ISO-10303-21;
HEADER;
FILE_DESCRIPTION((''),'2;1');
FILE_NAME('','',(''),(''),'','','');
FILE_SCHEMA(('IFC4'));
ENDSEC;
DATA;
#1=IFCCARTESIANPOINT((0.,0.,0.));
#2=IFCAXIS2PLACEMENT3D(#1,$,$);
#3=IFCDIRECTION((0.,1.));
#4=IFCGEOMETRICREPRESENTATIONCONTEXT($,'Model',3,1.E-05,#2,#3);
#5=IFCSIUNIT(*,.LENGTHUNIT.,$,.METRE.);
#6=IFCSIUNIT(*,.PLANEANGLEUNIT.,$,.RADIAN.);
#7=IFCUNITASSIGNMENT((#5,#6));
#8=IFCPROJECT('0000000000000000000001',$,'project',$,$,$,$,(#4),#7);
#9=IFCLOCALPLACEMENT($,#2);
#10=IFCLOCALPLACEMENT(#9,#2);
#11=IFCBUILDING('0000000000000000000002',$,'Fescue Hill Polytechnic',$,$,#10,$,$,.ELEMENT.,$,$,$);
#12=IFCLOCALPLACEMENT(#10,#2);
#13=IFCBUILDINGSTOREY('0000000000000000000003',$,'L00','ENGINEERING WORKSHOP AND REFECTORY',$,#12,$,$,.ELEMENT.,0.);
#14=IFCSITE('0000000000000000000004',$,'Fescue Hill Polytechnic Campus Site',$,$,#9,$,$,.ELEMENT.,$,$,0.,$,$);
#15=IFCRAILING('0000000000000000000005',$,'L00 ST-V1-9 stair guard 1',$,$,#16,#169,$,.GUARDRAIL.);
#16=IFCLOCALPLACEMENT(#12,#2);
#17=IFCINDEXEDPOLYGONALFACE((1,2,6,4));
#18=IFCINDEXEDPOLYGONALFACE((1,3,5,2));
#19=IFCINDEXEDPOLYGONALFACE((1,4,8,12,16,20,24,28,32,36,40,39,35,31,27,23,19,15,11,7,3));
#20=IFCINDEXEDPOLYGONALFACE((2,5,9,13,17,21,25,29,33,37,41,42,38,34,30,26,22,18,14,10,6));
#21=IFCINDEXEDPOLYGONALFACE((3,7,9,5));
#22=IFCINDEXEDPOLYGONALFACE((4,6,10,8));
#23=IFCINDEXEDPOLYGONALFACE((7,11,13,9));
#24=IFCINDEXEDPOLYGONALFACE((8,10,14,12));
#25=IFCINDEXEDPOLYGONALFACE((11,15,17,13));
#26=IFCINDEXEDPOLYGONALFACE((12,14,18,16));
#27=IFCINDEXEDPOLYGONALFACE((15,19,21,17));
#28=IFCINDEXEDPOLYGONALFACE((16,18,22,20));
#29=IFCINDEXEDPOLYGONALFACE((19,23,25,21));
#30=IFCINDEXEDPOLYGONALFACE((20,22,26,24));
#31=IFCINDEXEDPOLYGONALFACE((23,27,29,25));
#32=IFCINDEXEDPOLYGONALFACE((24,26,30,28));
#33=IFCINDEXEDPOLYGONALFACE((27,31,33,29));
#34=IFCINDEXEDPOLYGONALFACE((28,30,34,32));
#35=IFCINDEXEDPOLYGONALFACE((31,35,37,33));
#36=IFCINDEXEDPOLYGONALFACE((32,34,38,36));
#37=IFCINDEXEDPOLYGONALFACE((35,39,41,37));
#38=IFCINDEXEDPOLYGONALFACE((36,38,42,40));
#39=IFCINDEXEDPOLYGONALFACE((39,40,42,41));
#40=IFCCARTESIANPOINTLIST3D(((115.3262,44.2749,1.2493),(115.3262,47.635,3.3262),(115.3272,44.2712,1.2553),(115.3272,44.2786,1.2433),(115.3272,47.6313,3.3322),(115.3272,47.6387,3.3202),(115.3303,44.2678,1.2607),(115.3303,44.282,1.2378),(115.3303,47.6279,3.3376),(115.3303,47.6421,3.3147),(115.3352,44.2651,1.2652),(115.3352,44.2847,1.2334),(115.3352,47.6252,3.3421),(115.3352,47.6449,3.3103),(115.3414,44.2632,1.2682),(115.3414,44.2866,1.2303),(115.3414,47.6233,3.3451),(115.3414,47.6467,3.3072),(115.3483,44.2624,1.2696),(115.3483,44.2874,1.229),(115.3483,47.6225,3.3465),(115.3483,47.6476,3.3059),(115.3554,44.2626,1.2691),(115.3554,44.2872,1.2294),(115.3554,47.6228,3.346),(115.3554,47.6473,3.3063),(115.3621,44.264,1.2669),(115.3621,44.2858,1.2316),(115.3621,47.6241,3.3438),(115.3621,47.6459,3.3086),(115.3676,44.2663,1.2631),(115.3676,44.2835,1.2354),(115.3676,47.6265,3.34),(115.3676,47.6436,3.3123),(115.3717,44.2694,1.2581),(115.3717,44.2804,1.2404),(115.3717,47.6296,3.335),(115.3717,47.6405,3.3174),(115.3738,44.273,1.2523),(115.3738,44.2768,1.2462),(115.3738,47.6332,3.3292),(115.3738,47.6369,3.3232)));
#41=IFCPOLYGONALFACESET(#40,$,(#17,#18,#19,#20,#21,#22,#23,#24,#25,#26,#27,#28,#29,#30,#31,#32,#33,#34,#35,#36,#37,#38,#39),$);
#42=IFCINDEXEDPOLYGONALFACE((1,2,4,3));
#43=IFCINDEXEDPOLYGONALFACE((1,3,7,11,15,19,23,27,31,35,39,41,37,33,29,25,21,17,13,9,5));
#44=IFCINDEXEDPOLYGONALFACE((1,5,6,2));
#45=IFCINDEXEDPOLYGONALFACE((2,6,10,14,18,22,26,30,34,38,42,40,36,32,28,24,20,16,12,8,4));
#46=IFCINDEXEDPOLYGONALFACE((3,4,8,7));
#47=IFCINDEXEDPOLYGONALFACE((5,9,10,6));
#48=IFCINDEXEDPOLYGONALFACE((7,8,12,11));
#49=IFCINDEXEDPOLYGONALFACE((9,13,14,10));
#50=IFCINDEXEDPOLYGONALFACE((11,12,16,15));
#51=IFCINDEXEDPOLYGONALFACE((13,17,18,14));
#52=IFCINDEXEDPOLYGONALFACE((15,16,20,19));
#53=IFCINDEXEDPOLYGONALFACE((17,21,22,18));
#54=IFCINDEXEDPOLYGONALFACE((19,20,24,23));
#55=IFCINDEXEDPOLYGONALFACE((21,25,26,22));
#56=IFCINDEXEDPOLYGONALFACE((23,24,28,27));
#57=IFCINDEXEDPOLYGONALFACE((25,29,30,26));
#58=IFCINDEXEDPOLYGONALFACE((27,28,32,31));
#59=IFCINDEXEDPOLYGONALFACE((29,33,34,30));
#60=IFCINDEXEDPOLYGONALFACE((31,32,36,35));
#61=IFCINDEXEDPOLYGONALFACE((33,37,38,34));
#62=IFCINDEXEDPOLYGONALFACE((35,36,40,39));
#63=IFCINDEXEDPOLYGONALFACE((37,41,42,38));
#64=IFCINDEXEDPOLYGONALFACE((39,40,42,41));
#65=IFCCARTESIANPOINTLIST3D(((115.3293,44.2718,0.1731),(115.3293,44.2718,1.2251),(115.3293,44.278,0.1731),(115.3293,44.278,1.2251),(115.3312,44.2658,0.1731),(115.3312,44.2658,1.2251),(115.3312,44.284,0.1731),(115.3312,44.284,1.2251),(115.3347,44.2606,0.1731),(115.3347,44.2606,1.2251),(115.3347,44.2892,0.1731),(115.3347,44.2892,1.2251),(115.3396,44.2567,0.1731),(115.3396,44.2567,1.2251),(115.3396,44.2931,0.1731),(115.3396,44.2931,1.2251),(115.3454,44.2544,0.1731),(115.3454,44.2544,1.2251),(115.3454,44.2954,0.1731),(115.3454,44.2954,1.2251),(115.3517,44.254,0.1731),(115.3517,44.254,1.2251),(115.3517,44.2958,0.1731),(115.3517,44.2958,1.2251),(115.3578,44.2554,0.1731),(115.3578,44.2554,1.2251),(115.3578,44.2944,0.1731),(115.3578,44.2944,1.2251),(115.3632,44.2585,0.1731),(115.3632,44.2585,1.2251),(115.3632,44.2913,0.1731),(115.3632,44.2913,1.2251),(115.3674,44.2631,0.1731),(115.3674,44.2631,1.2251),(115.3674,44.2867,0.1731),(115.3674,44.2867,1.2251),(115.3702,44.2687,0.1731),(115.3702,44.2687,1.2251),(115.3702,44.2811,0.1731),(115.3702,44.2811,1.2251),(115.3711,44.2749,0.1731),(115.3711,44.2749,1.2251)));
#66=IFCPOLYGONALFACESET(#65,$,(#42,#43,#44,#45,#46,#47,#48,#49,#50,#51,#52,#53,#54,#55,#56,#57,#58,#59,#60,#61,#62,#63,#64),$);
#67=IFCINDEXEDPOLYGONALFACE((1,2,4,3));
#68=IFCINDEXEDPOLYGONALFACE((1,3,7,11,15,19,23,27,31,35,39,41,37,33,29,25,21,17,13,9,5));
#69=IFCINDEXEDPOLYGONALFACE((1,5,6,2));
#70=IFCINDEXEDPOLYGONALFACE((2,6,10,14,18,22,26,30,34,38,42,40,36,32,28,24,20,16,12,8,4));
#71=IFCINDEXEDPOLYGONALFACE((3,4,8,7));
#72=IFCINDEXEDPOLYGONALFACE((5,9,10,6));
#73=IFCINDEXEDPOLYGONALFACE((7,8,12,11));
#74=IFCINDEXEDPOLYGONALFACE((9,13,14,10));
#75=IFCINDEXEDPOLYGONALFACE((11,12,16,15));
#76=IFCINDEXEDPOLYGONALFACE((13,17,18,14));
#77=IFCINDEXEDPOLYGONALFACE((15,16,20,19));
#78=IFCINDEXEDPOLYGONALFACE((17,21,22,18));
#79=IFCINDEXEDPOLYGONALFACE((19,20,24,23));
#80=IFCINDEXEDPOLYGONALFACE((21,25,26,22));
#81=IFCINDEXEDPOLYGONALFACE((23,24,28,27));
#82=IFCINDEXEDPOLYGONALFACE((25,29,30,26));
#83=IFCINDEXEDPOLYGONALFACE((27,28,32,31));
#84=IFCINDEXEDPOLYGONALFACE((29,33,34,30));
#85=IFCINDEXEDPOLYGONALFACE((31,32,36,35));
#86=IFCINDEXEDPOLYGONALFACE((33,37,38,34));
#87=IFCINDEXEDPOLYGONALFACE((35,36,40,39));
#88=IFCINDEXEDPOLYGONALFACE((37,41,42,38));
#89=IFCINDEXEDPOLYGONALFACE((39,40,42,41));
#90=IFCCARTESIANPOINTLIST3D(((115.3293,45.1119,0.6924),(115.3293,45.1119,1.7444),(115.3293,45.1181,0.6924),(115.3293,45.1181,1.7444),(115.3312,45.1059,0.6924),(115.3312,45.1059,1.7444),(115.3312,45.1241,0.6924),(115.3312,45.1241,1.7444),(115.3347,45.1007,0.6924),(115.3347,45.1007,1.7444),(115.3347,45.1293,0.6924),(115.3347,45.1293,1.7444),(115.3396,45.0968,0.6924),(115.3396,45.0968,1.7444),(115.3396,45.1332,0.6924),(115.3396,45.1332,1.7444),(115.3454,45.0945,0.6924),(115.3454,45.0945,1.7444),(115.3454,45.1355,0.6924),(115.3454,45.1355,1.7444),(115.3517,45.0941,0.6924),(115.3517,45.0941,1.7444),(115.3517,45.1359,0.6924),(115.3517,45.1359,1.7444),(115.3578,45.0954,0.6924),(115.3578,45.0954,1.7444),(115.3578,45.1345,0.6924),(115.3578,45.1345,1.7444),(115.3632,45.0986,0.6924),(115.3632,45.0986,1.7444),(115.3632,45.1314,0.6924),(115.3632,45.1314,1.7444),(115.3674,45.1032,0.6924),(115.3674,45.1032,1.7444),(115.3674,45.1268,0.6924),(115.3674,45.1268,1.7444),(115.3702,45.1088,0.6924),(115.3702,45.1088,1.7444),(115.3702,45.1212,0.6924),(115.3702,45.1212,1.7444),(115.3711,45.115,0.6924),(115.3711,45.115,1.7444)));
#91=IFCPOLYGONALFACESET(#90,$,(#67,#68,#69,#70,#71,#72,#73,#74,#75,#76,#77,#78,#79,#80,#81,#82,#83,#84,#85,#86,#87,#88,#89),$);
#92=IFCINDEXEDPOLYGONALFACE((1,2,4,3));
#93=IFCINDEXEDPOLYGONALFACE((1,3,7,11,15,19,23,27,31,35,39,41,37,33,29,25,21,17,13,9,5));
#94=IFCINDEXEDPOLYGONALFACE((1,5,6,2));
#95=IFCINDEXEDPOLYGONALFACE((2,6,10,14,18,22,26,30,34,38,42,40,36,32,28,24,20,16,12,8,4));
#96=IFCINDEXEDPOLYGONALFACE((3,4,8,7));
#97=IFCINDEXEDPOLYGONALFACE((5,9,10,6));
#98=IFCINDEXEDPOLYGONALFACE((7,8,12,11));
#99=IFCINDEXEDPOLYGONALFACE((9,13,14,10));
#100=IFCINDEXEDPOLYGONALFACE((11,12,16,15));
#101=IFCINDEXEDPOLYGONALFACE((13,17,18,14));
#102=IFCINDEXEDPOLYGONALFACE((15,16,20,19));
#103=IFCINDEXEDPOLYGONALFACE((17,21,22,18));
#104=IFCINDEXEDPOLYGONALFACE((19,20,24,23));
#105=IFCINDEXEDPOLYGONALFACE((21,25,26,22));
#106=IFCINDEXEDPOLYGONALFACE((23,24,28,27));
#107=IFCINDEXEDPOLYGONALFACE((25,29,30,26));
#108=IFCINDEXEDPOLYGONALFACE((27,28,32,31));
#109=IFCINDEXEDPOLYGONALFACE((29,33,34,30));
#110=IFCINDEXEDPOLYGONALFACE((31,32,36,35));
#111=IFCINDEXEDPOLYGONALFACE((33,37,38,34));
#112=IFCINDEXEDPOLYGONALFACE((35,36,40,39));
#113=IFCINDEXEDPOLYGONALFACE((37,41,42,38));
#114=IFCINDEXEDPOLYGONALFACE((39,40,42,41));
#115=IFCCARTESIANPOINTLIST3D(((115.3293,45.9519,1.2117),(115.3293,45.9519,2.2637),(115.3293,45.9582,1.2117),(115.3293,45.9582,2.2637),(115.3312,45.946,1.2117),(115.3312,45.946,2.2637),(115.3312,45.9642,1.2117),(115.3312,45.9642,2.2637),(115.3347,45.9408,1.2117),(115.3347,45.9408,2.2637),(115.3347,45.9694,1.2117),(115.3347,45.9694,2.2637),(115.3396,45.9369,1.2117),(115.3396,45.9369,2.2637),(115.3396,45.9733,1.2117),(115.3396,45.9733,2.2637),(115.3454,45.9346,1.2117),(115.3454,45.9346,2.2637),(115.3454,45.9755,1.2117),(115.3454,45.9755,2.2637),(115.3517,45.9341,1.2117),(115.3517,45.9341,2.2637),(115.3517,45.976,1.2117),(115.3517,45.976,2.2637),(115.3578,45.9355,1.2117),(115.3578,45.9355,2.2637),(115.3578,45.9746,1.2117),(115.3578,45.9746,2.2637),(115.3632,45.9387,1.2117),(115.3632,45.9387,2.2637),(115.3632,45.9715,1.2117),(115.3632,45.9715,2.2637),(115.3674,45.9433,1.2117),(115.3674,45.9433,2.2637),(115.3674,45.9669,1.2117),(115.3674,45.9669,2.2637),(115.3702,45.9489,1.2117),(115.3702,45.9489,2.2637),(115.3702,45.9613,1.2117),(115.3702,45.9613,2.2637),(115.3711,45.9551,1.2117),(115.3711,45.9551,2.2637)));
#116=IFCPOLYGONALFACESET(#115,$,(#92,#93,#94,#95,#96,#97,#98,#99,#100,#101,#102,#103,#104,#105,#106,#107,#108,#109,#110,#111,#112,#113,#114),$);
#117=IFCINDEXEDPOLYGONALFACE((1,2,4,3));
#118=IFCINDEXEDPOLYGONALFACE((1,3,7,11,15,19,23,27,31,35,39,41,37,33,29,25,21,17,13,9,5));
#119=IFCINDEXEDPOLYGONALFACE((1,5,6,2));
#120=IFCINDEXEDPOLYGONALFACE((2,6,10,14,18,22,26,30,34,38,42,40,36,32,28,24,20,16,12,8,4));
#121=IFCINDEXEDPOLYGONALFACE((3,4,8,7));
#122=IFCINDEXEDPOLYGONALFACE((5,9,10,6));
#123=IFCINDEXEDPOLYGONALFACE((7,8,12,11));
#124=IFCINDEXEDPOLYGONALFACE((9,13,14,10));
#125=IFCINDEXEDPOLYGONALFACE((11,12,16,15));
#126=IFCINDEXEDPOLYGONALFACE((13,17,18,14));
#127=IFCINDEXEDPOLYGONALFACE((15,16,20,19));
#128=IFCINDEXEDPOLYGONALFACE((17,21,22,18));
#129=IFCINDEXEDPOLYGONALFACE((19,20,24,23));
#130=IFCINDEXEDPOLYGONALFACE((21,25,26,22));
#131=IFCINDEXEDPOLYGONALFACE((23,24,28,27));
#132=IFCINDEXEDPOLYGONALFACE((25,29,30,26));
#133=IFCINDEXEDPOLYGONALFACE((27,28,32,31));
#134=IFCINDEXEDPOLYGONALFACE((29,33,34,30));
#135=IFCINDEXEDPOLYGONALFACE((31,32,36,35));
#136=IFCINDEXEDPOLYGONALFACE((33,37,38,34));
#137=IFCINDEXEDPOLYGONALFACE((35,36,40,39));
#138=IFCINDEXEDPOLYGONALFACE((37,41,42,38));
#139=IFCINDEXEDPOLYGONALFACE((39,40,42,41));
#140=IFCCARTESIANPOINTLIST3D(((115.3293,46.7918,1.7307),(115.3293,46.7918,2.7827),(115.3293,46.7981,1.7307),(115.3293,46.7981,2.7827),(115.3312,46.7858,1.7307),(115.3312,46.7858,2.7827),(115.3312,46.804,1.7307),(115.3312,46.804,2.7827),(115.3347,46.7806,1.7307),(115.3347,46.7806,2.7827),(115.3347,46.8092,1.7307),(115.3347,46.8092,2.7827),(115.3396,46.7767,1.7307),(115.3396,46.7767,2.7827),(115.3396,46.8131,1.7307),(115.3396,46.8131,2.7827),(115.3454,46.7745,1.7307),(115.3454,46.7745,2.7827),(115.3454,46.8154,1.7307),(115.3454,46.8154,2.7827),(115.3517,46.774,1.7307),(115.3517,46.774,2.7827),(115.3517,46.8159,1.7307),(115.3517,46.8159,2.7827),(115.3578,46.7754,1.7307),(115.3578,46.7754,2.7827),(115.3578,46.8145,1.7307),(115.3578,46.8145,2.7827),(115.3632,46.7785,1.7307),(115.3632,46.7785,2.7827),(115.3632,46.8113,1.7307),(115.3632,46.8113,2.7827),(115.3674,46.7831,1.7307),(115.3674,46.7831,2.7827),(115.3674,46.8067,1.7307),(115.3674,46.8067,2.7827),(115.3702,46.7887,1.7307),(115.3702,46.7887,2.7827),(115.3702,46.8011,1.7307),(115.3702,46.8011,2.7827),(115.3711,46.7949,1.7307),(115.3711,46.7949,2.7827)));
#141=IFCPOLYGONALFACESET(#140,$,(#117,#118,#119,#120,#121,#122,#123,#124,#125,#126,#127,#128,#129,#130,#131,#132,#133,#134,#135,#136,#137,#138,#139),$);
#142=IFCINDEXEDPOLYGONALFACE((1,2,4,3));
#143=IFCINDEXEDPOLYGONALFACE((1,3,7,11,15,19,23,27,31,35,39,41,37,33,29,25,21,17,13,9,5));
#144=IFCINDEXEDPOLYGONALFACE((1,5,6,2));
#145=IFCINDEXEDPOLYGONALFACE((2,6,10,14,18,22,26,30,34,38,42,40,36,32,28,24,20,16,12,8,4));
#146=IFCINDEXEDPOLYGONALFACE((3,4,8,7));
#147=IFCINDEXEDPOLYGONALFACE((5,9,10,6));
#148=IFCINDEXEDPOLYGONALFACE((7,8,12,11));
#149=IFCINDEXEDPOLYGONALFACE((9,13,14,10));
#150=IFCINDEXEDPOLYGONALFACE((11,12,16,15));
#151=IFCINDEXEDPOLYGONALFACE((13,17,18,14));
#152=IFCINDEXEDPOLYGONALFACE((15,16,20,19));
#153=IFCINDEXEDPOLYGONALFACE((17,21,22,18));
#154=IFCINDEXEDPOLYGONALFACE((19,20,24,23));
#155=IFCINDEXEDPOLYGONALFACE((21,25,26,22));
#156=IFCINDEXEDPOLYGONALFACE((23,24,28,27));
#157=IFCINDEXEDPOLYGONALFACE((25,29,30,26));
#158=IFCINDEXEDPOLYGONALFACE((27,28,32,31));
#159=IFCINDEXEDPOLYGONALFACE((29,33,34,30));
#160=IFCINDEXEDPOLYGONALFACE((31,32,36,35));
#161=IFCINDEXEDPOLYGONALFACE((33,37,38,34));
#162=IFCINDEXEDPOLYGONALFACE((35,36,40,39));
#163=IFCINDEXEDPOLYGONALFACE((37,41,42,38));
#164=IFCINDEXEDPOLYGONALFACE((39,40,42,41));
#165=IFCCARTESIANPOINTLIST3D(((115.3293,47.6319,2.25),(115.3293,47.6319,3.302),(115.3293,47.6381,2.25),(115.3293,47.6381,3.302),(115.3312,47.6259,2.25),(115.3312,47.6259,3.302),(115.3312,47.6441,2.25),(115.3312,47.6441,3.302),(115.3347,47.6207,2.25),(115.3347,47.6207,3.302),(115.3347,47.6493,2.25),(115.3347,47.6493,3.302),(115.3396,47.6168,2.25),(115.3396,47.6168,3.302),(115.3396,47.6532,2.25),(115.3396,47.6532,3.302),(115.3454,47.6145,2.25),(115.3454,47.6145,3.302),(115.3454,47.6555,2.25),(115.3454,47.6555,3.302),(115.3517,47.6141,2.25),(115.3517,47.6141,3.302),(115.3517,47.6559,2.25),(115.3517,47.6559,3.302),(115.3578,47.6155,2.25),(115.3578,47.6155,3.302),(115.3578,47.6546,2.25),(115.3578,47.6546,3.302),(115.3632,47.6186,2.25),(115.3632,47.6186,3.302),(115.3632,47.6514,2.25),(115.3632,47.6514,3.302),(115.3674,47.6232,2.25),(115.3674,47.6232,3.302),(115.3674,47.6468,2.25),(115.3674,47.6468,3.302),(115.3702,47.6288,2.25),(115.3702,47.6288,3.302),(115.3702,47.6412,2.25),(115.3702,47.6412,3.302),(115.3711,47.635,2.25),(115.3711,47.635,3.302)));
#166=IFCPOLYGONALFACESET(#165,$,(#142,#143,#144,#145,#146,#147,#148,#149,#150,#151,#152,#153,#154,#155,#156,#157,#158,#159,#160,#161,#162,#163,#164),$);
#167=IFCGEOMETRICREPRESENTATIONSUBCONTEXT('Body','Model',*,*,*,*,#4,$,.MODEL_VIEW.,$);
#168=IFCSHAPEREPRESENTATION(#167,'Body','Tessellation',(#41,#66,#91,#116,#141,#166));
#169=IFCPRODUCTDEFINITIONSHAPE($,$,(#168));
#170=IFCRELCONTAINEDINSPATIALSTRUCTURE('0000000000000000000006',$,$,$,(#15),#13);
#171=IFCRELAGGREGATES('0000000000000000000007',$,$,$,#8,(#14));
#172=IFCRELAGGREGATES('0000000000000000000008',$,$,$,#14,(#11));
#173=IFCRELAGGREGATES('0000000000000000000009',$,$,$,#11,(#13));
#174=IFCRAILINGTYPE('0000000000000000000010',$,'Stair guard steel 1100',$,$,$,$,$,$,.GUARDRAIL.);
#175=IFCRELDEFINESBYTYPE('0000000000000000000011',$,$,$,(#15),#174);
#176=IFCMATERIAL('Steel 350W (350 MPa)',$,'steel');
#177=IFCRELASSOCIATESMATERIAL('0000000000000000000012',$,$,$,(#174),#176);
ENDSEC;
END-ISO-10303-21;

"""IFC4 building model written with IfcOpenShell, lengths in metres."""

from ifc_helpers import new_model, si_unit, direction, frame, origin, origin_2d, place, context, subcontext, project, spatial, circle, extrude, material, type_object, element, save


model = new_model("IFC4")

# Units and contexts
model_context = context("Model", 3, precision=1e-05, world=origin(), true_north=direction((0.0, 1.0)))
body_context = subcontext(model_context, "Body", "Model", "MODEL_VIEW")
ifc_project = project(units=[si_unit("LENGTHUNIT", "METRE"), si_unit("PLANEANGLEUNIT", "RADIAN")], contexts=[model_context])

# Site, building, storey
site_placement = place(None, origin())
site = spatial("IfcSite", under=ifc_project, at=site_placement, Name="Fescue Hill Polytechnic Campus Site", CompositionType="ELEMENT", RefElevation=0.0)
building_placement = place(site_placement, origin())
building = spatial("IfcBuilding", under=site, at=building_placement, Name="Fescue Hill Polytechnic", CompositionType="ELEMENT")
storey_placement = place(building_placement, origin())
storey = spatial("IfcBuildingStorey", under=building, at=storey_placement, Name="L00", Description="ENGINEERING WORKSHOP AND REFECTORY", CompositionType="ELEMENT", Elevation=0.0)

# Railing
ifc_material_1 = material(Name="Steel 350W (350 MPa)", Category="steel")
railing_type_1 = type_object("IfcRailingType", Name="Stair guard steel 1100", PredefinedType="GUARDRAIL", material=ifc_material_1)
railing_1_placement = place(storey_placement, frame((115.3501, 44.2749, 0.1731)))
element("IfcRailing", 1, at=railing_1_placement, inside=storey, type_object=railing_type_1, Name="L00 ST-V1-9 stair guard 1", PredefinedType="GUARDRAIL", context=body_context, shape_type="SweptSolid", body=[
    extrude(circle(Radius=0.0239, at=origin_2d()), frame((0.0, 0.0, 1.0762), z_axis=(0.0, 0.850623, 0.525776), x_axis=(-1.0, 0.0, 0.0)), (0.0, 0.0, 1.0), 3.9502),
    extrude(circle(Radius=0.021, at=origin_2d()), origin(), (0.0, 0.0, 1.0), 1.052),
    extrude(circle(Radius=0.021, at=origin_2d()), frame((0.0, 0.8401, 0.5193)), (0.0, 0.0, 1.0), 1.052),
    extrude(circle(Radius=0.021, at=origin_2d()), frame((0.0, 1.6802, 1.0386)), (0.0, 0.0, 1.0), 1.052),
    extrude(circle(Radius=0.021, at=origin_2d()), frame((0.0, 2.52, 1.5576)), (0.0, 0.0, 1.0), 1.052),
    extrude(circle(Radius=0.021, at=origin_2d()), frame((0.0, 3.3601, 2.0769)), (0.0, 0.0, 1.0), 1.052),
])

save(model, "model.ifc")
